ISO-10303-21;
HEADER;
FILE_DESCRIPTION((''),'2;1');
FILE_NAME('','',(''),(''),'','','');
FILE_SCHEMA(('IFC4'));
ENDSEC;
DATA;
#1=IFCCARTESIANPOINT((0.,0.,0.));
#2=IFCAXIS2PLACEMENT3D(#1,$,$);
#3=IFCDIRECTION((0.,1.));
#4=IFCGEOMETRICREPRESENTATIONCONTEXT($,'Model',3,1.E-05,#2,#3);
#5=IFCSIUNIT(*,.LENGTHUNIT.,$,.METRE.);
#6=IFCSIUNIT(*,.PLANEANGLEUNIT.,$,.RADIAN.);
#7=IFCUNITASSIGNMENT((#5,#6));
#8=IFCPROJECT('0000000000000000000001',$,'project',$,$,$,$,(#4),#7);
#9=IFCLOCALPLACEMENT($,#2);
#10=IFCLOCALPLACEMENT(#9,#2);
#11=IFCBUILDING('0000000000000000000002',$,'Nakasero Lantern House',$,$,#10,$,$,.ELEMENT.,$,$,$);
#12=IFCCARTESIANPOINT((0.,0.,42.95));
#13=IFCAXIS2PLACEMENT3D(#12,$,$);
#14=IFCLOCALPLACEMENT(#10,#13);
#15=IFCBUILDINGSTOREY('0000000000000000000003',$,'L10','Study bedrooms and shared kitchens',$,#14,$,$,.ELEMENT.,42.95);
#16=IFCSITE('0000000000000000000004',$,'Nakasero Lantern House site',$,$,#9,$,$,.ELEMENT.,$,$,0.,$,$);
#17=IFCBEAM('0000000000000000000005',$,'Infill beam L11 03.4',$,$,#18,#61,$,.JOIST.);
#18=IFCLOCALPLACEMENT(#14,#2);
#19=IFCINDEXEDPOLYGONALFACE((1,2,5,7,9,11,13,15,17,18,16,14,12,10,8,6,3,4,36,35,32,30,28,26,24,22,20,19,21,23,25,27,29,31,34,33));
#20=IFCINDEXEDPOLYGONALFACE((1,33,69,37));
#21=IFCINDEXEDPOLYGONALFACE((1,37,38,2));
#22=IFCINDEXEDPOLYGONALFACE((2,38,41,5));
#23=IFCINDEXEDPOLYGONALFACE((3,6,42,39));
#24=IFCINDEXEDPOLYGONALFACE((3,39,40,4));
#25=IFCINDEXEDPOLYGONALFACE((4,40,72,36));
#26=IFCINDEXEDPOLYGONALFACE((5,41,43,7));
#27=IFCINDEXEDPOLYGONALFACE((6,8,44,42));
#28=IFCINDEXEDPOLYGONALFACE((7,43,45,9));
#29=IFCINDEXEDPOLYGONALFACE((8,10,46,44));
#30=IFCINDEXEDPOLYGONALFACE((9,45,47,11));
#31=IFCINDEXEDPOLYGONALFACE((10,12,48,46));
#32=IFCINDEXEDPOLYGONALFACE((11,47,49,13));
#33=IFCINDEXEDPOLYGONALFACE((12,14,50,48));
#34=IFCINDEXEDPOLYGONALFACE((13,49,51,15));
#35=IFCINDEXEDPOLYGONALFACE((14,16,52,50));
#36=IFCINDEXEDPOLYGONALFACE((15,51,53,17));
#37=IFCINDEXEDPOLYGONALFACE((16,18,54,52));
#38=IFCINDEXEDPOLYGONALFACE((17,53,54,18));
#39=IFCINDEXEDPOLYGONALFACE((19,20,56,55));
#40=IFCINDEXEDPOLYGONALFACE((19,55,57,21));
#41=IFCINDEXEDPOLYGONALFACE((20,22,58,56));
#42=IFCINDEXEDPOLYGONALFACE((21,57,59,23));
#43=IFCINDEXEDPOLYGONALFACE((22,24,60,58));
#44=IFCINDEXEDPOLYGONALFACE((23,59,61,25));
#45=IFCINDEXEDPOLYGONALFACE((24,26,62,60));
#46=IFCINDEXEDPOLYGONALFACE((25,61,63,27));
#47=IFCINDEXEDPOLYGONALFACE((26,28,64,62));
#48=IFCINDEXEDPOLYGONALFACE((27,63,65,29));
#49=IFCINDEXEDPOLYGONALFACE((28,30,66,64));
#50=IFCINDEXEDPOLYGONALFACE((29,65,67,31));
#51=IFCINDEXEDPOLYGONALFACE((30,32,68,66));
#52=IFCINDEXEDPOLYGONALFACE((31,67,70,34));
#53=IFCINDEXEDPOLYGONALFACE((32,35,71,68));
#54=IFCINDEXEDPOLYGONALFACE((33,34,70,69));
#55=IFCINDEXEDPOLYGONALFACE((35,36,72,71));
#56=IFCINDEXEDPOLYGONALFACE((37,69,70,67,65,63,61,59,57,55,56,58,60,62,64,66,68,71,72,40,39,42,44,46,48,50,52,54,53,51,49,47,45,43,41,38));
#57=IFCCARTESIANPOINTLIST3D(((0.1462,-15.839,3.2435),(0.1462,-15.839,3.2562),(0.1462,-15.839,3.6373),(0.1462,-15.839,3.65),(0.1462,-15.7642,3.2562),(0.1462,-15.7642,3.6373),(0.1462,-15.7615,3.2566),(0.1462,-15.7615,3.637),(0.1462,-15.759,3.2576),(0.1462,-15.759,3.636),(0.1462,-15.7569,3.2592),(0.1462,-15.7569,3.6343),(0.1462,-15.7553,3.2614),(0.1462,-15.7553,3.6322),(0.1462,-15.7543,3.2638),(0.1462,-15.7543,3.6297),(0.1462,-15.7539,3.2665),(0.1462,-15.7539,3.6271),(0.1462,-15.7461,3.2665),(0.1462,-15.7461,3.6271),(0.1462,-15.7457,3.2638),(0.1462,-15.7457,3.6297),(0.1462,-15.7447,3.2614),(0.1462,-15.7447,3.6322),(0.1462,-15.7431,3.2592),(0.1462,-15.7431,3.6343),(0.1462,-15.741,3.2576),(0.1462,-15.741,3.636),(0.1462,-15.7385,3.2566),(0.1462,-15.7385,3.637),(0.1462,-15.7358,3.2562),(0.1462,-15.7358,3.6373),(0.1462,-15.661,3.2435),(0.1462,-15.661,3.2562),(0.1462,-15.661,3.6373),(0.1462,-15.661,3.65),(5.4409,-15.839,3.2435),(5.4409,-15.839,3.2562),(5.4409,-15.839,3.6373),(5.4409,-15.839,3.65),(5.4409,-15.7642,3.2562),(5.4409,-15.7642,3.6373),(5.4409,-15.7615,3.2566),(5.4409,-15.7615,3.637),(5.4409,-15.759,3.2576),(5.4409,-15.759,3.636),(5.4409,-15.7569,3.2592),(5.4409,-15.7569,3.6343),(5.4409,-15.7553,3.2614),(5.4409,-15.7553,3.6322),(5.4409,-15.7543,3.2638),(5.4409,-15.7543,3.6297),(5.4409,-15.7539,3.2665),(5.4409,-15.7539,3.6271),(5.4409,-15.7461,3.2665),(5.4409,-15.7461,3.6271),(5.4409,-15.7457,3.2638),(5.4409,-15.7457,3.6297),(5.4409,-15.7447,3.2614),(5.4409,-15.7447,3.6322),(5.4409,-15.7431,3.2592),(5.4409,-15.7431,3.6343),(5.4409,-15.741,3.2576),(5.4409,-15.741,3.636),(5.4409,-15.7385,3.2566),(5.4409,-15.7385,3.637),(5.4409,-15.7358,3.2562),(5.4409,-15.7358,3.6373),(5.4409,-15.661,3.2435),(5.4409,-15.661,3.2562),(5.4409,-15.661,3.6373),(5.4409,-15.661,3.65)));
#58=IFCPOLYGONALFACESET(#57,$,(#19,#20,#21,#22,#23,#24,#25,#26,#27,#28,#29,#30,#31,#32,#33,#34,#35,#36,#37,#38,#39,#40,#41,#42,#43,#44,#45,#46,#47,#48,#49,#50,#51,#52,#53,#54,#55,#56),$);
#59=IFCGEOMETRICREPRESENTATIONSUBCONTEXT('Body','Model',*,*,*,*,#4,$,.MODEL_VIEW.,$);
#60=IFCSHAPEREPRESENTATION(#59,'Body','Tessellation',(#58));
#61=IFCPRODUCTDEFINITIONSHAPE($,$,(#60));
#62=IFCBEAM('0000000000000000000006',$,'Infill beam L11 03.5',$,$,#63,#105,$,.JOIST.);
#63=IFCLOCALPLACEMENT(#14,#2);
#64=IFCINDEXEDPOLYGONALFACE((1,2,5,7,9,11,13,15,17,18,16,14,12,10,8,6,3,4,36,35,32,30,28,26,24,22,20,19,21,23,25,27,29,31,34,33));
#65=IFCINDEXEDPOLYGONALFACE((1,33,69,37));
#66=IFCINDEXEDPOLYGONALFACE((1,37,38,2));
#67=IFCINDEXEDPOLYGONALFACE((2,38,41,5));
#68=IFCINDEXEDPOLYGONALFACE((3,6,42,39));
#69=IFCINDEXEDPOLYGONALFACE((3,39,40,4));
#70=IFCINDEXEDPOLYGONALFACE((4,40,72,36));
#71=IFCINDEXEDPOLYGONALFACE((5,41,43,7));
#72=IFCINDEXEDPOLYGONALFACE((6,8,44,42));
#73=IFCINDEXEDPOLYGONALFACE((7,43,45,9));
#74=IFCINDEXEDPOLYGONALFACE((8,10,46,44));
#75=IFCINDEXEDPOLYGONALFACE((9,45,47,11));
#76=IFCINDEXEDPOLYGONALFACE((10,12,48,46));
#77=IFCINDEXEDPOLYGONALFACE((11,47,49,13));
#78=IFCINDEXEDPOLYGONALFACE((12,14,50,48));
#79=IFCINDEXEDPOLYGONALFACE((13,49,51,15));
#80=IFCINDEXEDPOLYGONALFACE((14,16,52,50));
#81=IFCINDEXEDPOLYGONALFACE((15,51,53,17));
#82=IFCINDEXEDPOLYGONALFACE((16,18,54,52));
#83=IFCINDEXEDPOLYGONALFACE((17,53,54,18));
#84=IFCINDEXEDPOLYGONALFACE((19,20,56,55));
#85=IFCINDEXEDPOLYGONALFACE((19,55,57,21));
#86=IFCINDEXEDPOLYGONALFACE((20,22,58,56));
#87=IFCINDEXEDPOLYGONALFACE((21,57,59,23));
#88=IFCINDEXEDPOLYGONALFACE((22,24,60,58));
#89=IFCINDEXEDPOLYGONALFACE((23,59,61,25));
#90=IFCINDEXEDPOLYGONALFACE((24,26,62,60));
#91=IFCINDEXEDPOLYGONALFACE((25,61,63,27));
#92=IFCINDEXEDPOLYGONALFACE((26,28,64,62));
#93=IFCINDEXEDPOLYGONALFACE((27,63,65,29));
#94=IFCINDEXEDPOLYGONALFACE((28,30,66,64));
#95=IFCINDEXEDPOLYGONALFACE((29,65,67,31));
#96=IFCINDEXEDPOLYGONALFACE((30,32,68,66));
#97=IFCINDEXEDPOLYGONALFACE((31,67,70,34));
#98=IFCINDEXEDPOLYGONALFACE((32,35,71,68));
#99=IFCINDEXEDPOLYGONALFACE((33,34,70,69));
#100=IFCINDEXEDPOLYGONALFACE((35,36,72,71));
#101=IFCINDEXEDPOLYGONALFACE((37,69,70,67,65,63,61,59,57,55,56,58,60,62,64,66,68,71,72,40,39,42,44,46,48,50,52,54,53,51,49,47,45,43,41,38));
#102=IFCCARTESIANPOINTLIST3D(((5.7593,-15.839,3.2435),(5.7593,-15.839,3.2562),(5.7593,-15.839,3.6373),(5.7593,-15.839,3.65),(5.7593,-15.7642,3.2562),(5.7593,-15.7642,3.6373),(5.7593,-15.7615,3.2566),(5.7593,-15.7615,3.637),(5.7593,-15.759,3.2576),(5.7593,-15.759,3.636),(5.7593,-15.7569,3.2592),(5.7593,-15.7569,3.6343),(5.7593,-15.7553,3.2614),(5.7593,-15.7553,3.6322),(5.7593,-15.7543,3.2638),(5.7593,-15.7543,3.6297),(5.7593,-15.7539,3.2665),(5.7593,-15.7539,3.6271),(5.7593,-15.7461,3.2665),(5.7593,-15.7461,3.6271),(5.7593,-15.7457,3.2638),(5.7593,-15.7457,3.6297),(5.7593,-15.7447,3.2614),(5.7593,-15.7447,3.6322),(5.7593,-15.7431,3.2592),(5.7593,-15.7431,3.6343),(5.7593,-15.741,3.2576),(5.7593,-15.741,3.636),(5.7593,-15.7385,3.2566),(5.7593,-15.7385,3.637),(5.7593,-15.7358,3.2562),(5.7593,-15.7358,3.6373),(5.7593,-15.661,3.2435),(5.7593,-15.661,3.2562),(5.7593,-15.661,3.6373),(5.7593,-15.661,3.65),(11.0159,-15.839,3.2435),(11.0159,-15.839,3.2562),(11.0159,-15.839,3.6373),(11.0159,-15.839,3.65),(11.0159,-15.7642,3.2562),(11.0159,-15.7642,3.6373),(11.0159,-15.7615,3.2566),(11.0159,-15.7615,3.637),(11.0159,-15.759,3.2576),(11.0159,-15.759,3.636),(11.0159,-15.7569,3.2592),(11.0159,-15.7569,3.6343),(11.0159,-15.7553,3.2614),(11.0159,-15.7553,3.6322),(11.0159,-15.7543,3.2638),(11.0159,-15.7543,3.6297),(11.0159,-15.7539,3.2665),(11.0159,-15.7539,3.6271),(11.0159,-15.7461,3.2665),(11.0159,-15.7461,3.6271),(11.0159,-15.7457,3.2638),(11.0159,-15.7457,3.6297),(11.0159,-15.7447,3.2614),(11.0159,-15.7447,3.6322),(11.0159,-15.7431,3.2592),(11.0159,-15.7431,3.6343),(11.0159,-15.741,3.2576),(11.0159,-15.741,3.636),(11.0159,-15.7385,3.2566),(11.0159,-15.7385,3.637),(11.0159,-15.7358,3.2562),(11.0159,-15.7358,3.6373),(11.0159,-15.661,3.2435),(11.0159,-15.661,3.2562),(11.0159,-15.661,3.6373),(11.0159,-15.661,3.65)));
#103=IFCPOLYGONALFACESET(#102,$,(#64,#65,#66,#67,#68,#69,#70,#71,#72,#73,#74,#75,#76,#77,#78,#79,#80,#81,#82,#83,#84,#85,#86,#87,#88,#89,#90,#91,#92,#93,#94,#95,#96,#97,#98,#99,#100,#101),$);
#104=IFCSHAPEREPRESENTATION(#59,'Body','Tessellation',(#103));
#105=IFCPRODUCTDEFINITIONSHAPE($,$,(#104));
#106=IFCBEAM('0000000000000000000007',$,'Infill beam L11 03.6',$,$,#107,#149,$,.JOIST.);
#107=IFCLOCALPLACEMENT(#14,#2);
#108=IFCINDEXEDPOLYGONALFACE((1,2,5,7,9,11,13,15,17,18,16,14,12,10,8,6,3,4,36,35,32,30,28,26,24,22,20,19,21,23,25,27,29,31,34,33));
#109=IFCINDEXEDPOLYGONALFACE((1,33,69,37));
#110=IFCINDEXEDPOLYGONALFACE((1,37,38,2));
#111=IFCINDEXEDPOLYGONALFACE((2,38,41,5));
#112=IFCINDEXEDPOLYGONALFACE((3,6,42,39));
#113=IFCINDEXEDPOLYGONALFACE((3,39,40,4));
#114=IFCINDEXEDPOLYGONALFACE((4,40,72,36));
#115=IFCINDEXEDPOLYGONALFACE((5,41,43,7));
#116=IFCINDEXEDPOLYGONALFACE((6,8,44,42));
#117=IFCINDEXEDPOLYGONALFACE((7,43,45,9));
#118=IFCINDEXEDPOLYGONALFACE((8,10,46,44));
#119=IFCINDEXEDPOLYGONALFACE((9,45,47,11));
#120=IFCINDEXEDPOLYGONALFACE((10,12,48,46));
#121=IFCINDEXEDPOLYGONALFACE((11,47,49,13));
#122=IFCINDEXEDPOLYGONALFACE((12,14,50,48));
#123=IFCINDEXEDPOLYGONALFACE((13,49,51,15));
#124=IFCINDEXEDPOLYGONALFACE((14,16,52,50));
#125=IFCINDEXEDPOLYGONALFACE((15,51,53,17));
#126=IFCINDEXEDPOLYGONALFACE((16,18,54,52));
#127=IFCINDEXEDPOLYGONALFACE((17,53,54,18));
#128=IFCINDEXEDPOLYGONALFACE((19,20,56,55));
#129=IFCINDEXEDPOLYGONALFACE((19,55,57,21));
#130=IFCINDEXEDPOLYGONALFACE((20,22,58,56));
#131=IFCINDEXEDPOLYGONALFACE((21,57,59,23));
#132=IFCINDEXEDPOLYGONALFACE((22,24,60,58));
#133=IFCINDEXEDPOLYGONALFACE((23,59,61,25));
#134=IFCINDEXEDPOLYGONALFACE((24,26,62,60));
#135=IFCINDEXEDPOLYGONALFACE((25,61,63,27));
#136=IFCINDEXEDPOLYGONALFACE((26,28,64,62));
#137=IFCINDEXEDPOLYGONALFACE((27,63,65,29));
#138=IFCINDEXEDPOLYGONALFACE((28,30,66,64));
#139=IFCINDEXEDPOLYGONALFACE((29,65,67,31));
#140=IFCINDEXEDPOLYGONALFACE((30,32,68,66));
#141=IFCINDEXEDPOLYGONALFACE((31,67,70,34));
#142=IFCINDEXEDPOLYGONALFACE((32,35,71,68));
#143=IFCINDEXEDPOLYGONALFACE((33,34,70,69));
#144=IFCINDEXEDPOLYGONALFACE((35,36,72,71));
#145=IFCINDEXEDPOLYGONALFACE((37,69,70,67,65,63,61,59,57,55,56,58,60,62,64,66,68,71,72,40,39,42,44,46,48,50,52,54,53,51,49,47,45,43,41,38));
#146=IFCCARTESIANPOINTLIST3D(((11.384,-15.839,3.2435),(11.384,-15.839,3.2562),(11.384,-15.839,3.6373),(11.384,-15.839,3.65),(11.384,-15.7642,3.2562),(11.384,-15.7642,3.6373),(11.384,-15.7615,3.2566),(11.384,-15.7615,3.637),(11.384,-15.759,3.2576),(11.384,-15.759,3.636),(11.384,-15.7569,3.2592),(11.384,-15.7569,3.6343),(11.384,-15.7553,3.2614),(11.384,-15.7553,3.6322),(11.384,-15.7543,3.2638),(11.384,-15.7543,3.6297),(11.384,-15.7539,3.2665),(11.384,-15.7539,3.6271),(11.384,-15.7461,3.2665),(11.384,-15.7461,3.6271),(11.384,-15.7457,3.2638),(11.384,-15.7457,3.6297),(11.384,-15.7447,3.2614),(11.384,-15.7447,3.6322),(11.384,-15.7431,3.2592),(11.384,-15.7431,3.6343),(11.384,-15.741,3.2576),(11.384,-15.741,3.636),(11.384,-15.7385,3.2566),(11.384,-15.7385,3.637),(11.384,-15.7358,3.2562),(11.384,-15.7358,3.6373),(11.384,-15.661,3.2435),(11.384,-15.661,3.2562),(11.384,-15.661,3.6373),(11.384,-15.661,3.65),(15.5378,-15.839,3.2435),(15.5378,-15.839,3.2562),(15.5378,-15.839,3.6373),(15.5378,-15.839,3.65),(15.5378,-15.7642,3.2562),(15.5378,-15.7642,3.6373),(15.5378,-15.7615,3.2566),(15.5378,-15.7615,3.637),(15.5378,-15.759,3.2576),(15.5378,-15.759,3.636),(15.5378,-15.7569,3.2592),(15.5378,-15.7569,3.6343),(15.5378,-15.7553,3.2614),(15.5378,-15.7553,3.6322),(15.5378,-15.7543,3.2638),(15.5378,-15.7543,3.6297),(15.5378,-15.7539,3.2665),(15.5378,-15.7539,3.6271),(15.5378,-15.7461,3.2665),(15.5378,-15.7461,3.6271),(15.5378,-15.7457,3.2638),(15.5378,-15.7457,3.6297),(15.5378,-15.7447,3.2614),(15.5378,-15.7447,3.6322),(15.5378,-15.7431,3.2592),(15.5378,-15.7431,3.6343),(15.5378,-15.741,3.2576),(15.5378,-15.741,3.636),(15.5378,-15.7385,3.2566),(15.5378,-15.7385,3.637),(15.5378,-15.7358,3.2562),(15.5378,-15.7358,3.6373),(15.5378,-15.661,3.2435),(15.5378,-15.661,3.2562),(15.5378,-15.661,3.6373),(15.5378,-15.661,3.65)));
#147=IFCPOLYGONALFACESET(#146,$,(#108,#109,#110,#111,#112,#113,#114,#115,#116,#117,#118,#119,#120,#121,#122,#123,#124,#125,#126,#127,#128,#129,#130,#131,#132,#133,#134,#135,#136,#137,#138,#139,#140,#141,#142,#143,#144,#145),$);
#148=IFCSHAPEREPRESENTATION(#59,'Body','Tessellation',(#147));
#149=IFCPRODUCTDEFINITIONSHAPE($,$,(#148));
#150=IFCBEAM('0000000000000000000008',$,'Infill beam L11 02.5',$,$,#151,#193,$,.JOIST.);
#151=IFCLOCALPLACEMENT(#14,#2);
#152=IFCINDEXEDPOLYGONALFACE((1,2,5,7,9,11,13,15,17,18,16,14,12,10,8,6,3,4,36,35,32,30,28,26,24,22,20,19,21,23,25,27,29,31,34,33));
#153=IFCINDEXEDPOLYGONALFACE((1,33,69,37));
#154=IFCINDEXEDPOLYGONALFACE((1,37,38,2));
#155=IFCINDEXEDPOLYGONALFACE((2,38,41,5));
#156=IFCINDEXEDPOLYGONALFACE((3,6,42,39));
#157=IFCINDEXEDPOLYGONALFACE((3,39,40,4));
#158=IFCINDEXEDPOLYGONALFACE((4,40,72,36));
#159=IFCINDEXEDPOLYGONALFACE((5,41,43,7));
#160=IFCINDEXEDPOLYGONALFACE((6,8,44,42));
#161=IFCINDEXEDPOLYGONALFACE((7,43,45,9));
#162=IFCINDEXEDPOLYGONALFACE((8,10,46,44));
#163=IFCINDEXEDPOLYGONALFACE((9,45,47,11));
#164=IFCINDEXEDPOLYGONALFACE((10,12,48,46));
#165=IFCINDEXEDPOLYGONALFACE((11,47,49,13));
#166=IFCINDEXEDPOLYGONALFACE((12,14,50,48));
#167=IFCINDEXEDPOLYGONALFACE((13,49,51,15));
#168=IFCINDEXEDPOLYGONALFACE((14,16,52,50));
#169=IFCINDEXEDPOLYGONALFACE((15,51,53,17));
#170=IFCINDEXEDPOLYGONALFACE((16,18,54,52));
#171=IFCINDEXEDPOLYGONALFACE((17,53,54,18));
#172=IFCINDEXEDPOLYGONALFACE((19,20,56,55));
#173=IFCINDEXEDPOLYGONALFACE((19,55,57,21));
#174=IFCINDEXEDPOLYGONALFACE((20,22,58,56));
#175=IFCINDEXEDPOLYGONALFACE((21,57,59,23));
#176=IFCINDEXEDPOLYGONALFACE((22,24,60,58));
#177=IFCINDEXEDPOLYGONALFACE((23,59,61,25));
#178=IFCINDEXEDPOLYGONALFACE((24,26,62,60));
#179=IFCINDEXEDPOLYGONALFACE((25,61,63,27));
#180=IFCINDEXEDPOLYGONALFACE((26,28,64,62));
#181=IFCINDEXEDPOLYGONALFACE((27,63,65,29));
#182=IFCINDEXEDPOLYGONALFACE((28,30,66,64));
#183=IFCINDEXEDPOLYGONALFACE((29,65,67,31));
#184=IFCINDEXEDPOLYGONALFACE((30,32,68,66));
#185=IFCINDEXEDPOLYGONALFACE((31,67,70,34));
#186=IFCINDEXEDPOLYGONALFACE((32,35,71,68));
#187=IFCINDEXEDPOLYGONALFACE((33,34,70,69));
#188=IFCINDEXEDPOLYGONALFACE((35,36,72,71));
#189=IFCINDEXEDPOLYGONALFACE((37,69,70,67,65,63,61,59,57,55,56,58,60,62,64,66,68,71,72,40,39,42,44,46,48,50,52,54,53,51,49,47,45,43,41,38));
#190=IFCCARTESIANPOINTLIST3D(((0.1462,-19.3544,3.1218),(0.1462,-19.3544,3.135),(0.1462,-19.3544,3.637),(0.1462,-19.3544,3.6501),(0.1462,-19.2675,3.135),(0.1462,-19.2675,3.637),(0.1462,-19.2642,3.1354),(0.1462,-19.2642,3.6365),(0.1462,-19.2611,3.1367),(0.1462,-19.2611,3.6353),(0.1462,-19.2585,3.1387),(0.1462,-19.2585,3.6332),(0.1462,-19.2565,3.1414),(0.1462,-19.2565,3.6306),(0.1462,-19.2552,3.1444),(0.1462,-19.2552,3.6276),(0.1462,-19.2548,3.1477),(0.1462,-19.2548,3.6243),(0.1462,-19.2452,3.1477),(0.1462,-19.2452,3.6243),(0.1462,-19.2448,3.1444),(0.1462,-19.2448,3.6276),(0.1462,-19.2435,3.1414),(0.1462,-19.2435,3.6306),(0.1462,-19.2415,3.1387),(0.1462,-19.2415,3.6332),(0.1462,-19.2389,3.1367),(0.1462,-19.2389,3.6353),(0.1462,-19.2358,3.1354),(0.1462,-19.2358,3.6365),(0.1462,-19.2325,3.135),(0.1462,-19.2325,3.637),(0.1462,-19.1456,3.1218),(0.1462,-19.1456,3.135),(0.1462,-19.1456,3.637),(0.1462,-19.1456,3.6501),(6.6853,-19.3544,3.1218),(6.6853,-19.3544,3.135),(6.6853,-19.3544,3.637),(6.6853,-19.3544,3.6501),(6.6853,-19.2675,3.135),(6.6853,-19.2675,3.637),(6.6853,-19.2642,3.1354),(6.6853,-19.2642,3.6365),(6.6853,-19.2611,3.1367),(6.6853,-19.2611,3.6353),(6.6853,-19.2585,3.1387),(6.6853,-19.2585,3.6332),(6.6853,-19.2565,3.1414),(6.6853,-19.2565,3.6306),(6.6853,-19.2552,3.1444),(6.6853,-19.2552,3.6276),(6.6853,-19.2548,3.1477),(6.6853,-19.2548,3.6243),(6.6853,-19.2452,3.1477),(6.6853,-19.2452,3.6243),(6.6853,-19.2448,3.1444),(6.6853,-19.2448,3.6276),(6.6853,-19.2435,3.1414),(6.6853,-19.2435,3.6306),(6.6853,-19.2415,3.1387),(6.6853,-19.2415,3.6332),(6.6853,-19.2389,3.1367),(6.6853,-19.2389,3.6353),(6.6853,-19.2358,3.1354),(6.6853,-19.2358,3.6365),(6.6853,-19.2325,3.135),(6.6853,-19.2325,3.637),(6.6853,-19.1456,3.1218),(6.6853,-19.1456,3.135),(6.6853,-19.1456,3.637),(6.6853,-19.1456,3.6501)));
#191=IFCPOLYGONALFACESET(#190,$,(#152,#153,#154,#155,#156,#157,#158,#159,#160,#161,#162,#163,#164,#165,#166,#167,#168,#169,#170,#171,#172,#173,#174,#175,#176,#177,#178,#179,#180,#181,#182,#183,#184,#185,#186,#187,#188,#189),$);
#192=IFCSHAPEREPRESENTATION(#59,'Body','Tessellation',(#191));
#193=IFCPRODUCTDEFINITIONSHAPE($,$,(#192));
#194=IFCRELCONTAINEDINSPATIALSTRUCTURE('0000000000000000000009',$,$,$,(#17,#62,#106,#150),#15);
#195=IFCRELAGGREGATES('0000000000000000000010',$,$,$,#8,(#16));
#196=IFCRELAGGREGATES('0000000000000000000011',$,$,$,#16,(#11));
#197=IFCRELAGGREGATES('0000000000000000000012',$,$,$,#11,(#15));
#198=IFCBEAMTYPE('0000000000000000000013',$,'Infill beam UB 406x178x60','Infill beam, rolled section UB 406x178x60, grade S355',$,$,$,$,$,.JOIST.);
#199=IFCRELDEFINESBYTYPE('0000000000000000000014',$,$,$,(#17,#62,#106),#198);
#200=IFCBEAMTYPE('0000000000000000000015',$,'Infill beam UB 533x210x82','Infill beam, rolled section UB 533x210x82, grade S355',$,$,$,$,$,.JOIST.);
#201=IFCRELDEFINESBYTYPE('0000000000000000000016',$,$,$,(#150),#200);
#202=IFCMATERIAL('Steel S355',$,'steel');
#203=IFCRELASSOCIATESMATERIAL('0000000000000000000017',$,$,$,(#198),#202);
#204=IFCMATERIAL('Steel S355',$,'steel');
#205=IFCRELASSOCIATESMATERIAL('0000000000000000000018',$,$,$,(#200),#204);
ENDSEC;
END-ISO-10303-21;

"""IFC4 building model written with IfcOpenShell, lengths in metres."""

from ifc_helpers import new_model, si_unit, direction, frame, origin, origin_2d, place, context, subcontext, project, spatial, i_section, extrude, material, material_profile, profile_set, type_object, element, save


model = new_model("IFC4")

# Units and contexts
model_context = context("Model", 3, precision=1e-05, world=origin(), true_north=direction((0.0, 1.0)))
body_context = subcontext(model_context, "Body", "Model", "MODEL_VIEW")
ifc_project = project(units=[si_unit("LENGTHUNIT", "METRE"), si_unit("PLANEANGLEUNIT", "RADIAN")], contexts=[model_context])

# Site, building, storey
site_placement = place(None, origin())
site = spatial("IfcSite", under=ifc_project, at=site_placement, Name="Nakasero Lantern House site", CompositionType="ELEMENT", RefElevation=0.0)
building_placement = place(site_placement, origin())
building = spatial("IfcBuilding", under=site, at=building_placement, Name="Nakasero Lantern House", CompositionType="ELEMENT")
storey_placement = place(building_placement, frame((0.0, 0.0, 42.95)))
storey = spatial("IfcBuildingStorey", under=building, at=storey_placement, Name="L10", Description="Study bedrooms and shared kitchens", CompositionType="ELEMENT", Elevation=42.95)

# Beams
ifc_material_1 = material(Name="Steel S355", Category="steel")
ifc_material_profile_1 = material_profile(ifc_material_1, i_section(OverallWidth=0.178, OverallDepth=0.4065, WebThickness=0.0078, FlangeThickness=0.0127, FilletRadius=0.0103, at=origin_2d()), Name="UB 406x178x60")
ifc_profile_set_1 = profile_set([ifc_material_profile_1], Name="Steel S355")
beam_type_1 = type_object("IfcBeamType", Name="Infill beam UB 406x178x60", Description="Infill beam, rolled section UB 406x178x60, grade S355", PredefinedType="JOIST", material=ifc_profile_set_1)
beam_1_placement = place(storey_placement, frame((0.1462, -15.75, 3.4468), z_axis=(1.0, 0.0, 0.0), x_axis=(0.0, 1.0, 0.0)))
element("IfcBeam", 1, at=beam_1_placement, inside=storey, type_object=beam_type_1, Name="Infill beam L11 03.4", PredefinedType="JOIST", context=body_context, shape_type="SweptSolid", body=[
    extrude(i_section(OverallWidth=0.178, OverallDepth=0.4065, WebThickness=0.0078, FlangeThickness=0.0127, FilletRadius=0.0103, at=origin_2d()), origin(), (0.0, 0.0, 1.0), 5.2947),
])
beam_2_placement = place(storey_placement, frame((5.7593, -15.75, 3.4468), z_axis=(1.0, 0.0, 0.0), x_axis=(0.0, 1.0, 0.0)))
element("IfcBeam", 2, at=beam_2_placement, inside=storey, type_object=beam_type_1, Name="Infill beam L11 03.5", PredefinedType="JOIST", context=body_context, shape_type="SweptSolid", body=[
    extrude(i_section(OverallWidth=0.178, OverallDepth=0.4065, WebThickness=0.0078, FlangeThickness=0.0127, FilletRadius=0.0103, at=origin_2d()), origin(), (0.0, 0.0, 1.0), 5.2566),
])
beam_3_placement = place(storey_placement, frame((11.384, -15.75, 3.4468), z_axis=(1.0, 0.0, 0.0), x_axis=(0.0, 1.0, 0.0)))
element("IfcBeam", 3, at=beam_3_placement, inside=storey, type_object=beam_type_1, Name="Infill beam L11 03.6", PredefinedType="JOIST", context=body_context, shape_type="SweptSolid", body=[
    extrude(i_section(OverallWidth=0.178, OverallDepth=0.4065, WebThickness=0.0078, FlangeThickness=0.0127, FilletRadius=0.0103, at=origin_2d()), origin(), (0.0, 0.0, 1.0), 4.1538),
])
ifc_material_2 = material(Name="Steel S355", Category="steel")
ifc_material_profile_2 = material_profile(ifc_material_2, i_section(OverallWidth=0.2087, OverallDepth=0.5283, WebThickness=0.0095, FlangeThickness=0.0132, FilletRadius=0.0127, at=origin_2d()), Name="UB 533x210x82")
ifc_profile_set_2 = profile_set([ifc_material_profile_2], Name="Steel S355")
beam_type_2 = type_object("IfcBeamType", Name="Infill beam UB 533x210x82", Description="Infill beam, rolled section UB 533x210x82, grade S355", PredefinedType="JOIST", material=ifc_profile_set_2)
beam_4_placement = place(storey_placement, frame((0.1462, -19.25, 3.386), z_axis=(1.0, 0.0, 0.0), x_axis=(0.0, 1.0, 0.0)))
element("IfcBeam", 4, at=beam_4_placement, inside=storey, type_object=beam_type_2, Name="Infill beam L11 02.5", PredefinedType="JOIST", context=body_context, shape_type="SweptSolid", body=[
    extrude(i_section(OverallWidth=0.2087, OverallDepth=0.5283, WebThickness=0.0095, FlangeThickness=0.0132, FilletRadius=0.0127, at=origin_2d()), origin(), (0.0, 0.0, 1.0), 6.5391),
])

save(model, "model.ifc")
